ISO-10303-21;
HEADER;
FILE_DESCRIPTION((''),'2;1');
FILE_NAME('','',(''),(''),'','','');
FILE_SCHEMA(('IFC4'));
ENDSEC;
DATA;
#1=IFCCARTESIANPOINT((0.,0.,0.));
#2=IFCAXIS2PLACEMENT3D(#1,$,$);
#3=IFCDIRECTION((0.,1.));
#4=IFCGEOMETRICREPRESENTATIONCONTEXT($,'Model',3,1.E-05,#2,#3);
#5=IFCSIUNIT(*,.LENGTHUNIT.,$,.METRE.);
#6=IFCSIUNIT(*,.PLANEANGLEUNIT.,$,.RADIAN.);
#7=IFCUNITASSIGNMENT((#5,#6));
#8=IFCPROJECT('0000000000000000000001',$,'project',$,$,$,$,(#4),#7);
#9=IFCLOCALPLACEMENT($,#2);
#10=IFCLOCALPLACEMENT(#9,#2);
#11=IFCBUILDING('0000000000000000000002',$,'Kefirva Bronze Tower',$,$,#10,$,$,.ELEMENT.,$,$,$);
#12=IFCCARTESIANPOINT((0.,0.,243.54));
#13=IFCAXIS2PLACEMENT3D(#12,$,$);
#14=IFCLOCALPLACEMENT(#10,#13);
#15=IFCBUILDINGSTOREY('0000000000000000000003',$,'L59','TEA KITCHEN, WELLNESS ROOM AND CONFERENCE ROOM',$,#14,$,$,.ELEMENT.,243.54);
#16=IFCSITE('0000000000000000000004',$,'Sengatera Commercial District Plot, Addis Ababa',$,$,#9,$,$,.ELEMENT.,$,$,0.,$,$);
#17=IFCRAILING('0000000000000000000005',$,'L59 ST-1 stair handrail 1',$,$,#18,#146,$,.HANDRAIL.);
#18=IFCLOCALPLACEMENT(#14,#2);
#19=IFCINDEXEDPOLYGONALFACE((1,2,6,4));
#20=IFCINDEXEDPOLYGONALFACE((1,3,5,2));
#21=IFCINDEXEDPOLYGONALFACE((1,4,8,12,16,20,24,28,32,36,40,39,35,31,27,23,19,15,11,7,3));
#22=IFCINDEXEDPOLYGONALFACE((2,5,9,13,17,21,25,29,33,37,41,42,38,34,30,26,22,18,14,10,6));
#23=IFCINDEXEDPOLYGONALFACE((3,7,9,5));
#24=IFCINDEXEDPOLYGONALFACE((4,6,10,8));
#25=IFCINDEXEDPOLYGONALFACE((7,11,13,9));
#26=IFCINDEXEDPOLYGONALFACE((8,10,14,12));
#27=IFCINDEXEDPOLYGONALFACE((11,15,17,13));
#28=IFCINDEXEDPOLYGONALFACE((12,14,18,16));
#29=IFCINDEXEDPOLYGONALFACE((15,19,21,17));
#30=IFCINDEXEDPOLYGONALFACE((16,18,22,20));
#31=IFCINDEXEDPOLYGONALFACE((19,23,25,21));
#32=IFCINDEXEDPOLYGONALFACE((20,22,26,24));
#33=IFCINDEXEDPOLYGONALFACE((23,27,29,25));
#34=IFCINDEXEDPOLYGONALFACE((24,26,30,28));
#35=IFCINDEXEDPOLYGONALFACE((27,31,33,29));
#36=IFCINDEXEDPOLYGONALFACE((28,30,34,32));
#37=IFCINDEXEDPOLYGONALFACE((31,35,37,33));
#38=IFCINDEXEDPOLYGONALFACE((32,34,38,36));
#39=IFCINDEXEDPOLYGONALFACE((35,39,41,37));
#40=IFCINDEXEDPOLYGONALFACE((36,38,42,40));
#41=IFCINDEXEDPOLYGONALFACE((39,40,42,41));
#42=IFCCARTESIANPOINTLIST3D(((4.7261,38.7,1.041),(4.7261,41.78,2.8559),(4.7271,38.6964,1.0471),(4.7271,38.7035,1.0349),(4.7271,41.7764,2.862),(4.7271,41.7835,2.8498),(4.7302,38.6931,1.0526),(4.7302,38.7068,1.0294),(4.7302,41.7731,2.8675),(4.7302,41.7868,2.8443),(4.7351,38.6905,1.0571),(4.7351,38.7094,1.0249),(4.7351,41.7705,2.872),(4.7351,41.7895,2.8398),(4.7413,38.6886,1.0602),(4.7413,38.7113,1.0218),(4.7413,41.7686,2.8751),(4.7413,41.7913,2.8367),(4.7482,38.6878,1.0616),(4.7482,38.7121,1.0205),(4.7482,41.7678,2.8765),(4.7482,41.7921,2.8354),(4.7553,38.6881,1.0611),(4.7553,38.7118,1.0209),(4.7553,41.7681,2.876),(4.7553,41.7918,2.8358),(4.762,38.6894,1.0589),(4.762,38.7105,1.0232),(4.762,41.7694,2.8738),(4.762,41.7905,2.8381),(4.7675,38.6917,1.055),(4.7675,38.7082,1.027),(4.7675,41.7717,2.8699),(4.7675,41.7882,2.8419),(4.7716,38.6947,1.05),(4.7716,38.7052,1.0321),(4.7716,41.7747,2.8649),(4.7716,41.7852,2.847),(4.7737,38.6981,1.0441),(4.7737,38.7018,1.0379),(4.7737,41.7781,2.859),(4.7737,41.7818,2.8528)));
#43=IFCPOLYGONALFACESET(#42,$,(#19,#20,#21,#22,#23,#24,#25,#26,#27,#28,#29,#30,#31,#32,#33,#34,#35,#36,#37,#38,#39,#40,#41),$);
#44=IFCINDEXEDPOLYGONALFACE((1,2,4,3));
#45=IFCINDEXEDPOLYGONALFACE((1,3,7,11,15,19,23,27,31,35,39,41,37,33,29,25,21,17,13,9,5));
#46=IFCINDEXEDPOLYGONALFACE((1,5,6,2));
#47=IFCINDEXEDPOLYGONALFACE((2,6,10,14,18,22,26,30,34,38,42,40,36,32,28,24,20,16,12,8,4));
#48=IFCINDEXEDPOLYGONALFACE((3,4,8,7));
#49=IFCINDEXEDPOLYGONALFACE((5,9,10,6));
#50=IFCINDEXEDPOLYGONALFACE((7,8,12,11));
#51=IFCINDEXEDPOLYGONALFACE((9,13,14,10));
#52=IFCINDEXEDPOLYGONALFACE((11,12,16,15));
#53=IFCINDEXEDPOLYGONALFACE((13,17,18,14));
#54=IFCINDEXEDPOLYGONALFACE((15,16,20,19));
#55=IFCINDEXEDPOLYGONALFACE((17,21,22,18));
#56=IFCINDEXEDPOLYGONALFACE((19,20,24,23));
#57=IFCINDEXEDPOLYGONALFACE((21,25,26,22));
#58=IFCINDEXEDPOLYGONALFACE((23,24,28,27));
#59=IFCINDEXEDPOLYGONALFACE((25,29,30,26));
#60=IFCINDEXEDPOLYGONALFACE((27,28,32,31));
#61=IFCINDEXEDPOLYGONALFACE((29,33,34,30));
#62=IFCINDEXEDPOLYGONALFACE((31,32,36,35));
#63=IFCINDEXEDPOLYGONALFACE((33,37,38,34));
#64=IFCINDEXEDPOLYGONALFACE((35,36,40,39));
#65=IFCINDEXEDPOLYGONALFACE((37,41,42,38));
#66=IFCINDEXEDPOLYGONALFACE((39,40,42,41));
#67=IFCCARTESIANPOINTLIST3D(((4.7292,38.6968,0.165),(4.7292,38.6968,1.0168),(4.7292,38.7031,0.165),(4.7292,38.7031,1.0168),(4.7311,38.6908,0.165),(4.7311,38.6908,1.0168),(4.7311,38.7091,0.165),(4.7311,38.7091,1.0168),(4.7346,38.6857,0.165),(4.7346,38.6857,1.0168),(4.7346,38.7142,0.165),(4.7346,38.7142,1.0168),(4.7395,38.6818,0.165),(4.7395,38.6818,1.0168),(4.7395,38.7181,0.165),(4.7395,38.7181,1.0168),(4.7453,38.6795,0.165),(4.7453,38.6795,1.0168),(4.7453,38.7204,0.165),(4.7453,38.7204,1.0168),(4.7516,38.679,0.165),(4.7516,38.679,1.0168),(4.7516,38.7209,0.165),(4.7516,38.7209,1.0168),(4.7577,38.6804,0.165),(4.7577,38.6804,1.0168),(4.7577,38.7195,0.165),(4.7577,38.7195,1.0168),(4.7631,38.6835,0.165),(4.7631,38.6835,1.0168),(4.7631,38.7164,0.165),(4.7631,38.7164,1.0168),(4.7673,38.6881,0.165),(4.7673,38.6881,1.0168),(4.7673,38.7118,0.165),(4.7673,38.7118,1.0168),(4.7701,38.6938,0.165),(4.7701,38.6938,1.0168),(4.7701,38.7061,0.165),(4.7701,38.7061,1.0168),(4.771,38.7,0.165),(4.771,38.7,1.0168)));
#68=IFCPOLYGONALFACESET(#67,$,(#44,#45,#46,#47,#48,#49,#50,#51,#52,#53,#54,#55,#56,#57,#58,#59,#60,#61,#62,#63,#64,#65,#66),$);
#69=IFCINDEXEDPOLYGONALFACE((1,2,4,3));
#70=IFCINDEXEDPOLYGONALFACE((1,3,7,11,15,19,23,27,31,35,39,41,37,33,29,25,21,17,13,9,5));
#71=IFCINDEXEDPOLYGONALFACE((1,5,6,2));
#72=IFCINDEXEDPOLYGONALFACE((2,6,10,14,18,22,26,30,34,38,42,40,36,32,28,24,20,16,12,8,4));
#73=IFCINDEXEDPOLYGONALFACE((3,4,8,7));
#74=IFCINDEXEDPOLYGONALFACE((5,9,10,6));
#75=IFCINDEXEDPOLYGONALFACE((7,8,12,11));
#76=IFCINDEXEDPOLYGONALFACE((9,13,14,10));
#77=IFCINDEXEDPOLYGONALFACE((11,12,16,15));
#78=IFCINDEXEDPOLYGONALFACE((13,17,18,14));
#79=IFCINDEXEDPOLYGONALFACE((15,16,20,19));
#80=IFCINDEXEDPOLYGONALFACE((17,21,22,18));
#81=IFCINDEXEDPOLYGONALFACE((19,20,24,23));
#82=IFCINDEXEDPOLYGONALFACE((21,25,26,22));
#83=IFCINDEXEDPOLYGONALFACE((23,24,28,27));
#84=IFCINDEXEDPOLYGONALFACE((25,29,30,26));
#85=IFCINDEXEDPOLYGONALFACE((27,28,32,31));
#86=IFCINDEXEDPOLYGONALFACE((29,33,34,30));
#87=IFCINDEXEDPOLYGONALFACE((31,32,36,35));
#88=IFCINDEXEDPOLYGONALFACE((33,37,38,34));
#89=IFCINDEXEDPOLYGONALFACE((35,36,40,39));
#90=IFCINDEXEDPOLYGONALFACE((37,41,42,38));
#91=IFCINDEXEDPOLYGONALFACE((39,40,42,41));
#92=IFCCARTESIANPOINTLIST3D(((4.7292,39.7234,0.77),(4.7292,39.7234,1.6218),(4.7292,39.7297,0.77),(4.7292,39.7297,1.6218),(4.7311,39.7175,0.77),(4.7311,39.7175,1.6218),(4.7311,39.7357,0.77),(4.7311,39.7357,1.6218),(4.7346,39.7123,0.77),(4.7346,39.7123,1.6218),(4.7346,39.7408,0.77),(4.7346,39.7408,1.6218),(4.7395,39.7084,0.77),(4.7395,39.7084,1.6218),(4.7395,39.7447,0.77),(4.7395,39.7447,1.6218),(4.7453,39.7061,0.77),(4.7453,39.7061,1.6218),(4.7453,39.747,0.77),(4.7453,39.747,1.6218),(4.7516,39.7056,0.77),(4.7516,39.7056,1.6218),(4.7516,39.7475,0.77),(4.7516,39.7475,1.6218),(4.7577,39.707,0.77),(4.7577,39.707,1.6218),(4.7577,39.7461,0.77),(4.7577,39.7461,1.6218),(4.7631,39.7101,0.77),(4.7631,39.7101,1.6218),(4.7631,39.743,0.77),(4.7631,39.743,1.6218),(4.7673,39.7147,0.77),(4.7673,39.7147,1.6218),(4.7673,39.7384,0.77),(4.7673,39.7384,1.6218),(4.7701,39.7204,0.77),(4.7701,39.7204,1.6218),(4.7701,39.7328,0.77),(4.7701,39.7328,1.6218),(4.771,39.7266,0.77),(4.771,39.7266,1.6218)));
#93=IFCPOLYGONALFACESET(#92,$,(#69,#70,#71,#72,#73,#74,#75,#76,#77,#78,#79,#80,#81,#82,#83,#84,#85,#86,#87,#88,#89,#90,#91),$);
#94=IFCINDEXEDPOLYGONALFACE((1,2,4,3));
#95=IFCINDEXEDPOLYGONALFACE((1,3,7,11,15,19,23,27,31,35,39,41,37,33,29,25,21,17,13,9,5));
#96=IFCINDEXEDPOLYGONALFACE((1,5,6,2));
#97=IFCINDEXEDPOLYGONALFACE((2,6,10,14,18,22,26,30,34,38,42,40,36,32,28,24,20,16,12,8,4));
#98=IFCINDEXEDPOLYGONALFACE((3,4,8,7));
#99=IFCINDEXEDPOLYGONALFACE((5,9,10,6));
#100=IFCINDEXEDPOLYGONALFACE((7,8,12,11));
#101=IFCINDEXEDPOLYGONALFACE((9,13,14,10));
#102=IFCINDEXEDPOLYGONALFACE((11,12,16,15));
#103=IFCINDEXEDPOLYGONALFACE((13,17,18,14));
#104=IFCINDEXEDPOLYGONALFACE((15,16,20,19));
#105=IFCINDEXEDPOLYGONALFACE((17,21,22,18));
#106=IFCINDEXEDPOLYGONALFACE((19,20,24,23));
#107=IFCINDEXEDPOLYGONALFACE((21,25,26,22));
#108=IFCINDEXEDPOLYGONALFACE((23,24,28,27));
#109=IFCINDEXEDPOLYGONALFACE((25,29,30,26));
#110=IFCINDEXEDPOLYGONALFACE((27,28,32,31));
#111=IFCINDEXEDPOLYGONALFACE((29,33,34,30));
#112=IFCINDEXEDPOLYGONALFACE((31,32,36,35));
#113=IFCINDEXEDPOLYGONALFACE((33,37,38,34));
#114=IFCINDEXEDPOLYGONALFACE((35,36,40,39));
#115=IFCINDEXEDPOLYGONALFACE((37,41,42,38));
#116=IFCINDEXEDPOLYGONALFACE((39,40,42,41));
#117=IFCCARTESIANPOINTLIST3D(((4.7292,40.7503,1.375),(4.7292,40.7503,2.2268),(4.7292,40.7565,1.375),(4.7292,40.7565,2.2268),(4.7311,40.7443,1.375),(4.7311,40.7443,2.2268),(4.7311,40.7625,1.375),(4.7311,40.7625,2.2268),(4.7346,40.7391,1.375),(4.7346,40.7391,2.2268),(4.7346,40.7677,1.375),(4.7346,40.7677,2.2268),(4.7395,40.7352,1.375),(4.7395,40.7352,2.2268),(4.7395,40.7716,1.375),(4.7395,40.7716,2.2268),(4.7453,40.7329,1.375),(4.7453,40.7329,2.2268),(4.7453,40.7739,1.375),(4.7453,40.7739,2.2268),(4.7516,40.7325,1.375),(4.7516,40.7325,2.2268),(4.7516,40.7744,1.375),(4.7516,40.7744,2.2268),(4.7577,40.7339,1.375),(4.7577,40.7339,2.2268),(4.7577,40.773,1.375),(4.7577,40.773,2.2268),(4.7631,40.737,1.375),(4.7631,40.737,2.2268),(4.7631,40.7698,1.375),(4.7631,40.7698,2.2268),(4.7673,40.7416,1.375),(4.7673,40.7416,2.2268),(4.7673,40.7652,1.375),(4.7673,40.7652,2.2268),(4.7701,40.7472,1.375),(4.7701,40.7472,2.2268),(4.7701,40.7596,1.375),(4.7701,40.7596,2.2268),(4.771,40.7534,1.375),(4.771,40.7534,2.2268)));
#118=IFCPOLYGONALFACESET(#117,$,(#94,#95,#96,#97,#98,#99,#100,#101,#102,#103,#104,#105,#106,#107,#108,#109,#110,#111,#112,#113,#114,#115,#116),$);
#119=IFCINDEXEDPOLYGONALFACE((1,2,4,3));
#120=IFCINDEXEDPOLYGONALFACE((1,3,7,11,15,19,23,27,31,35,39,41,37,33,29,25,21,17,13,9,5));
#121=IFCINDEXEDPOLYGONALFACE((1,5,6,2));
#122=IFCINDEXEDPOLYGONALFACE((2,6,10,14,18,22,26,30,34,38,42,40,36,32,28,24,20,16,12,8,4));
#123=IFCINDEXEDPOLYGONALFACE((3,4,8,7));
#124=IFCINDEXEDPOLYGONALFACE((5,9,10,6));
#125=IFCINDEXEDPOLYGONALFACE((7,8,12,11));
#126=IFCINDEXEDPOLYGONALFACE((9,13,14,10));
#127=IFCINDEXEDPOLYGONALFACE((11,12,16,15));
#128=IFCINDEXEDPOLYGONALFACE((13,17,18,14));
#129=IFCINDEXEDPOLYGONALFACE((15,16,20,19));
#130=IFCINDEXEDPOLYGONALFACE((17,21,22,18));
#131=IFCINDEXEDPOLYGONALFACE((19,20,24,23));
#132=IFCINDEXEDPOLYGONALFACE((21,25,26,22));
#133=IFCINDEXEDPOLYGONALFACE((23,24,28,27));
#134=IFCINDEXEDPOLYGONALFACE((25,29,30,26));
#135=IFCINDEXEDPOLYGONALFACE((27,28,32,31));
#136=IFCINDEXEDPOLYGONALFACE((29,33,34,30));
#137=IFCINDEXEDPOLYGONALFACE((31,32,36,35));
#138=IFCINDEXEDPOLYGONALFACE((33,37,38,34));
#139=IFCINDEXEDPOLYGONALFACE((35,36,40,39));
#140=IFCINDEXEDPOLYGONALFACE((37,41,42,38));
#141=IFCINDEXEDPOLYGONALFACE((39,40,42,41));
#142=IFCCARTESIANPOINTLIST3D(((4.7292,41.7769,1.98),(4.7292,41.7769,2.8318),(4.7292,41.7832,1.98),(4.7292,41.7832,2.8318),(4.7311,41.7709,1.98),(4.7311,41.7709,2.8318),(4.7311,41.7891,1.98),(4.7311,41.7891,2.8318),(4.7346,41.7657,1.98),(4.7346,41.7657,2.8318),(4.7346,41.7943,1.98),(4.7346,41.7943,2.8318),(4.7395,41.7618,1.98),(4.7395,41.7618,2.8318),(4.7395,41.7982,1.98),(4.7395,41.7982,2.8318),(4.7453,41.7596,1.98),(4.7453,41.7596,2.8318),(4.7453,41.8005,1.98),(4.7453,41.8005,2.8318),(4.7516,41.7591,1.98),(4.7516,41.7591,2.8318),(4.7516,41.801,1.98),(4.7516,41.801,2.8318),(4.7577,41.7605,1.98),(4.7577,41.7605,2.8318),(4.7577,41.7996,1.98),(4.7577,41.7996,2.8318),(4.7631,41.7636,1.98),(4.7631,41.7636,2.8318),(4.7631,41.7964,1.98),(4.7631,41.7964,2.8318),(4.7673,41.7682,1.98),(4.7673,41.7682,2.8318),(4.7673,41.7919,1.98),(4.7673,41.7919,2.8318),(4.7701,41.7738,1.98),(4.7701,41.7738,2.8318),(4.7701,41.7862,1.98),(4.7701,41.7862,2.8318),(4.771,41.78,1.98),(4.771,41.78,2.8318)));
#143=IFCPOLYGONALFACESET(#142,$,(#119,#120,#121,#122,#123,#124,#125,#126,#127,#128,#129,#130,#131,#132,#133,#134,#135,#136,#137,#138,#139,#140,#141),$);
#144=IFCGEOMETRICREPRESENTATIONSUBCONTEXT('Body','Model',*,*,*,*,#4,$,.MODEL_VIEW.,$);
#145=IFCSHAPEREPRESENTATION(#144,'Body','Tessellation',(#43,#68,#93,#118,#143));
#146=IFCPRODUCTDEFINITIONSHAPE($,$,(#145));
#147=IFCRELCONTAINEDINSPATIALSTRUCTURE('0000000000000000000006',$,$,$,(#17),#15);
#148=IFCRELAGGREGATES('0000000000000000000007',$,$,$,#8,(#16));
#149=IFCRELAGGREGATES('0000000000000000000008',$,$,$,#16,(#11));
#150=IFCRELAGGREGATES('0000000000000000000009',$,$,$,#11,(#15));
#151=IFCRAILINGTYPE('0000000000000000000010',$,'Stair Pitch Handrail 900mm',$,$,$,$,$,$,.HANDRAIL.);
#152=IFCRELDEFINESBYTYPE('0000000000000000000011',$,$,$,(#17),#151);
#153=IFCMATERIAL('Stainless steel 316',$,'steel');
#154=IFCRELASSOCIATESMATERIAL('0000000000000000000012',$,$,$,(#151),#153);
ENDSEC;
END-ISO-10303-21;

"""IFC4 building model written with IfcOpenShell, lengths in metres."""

from ifc_helpers import new_model, si_unit, direction, frame, origin, origin_2d, place, context, subcontext, project, spatial, circle, extrude, material, type_object, element, save


model = new_model("IFC4")

# Units and contexts
model_context = context("Model", 3, precision=1e-05, world=origin(), true_north=direction((0.0, 1.0)))
body_context = subcontext(model_context, "Body", "Model", "MODEL_VIEW")
ifc_project = project(units=[si_unit("LENGTHUNIT", "METRE"), si_unit("PLANEANGLEUNIT", "RADIAN")], contexts=[model_context])

# Site, building, storey
site_placement = place(None, origin())
site = spatial("IfcSite", under=ifc_project, at=site_placement, Name="Sengatera Commercial District Plot, Addis Ababa", CompositionType="ELEMENT", RefElevation=0.0)
building_placement = place(site_placement, origin())
building = spatial("IfcBuilding", under=site, at=building_placement, Name="Kefirva Bronze Tower", CompositionType="ELEMENT")
storey_placement = place(building_placement, frame((0.0, 0.0, 243.54)))
storey = spatial("IfcBuildingStorey", under=building, at=storey_placement, Name="L59", Description="TEA KITCHEN, WELLNESS ROOM AND CONFERENCE ROOM", CompositionType="ELEMENT", Elevation=243.54)

# Shared definitions
ifc_material_1 = material(Name="Stainless steel 316", Category="steel")

# Railing
railing_type = type_object("IfcRailingType", Name="Stair Pitch Handrail 900mm", PredefinedType="HANDRAIL", material=ifc_material_1)
railing_placement = place(storey_placement, frame((4.75, 38.7, 0.165)))
element("IfcRailing", 1, at=railing_placement, inside=storey, type_object=railing_type, Name="L59 ST-1 stair handrail 1", PredefinedType="HANDRAIL", context=body_context, shape_type="SweptSolid", body=[
    extrude(circle(Radius=0.0239, at=origin_2d()), frame((0.0, 0.0, 0.876), z_axis=(0.0, 0.861551, 0.507671), x_axis=(-1.0, 0.0, 0.0)), (0.0, 0.0, 1.0), 3.575),
    extrude(circle(Radius=0.021, at=origin_2d()), origin(), (0.0, 0.0, 1.0), 0.8518),
    extrude(circle(Radius=0.021, at=origin_2d()), frame((0.0, 1.0266, 0.605)), (0.0, 0.0, 1.0), 0.8518),
    extrude(circle(Radius=0.021, at=origin_2d()), frame((0.0, 2.0535, 1.21)), (0.0, 0.0, 1.0), 0.8518),
    extrude(circle(Radius=0.021, at=origin_2d()), frame((0.0, 3.0801, 1.8149)), (0.0, 0.0, 1.0), 0.8518),
])

save(model, "model.ifc")
